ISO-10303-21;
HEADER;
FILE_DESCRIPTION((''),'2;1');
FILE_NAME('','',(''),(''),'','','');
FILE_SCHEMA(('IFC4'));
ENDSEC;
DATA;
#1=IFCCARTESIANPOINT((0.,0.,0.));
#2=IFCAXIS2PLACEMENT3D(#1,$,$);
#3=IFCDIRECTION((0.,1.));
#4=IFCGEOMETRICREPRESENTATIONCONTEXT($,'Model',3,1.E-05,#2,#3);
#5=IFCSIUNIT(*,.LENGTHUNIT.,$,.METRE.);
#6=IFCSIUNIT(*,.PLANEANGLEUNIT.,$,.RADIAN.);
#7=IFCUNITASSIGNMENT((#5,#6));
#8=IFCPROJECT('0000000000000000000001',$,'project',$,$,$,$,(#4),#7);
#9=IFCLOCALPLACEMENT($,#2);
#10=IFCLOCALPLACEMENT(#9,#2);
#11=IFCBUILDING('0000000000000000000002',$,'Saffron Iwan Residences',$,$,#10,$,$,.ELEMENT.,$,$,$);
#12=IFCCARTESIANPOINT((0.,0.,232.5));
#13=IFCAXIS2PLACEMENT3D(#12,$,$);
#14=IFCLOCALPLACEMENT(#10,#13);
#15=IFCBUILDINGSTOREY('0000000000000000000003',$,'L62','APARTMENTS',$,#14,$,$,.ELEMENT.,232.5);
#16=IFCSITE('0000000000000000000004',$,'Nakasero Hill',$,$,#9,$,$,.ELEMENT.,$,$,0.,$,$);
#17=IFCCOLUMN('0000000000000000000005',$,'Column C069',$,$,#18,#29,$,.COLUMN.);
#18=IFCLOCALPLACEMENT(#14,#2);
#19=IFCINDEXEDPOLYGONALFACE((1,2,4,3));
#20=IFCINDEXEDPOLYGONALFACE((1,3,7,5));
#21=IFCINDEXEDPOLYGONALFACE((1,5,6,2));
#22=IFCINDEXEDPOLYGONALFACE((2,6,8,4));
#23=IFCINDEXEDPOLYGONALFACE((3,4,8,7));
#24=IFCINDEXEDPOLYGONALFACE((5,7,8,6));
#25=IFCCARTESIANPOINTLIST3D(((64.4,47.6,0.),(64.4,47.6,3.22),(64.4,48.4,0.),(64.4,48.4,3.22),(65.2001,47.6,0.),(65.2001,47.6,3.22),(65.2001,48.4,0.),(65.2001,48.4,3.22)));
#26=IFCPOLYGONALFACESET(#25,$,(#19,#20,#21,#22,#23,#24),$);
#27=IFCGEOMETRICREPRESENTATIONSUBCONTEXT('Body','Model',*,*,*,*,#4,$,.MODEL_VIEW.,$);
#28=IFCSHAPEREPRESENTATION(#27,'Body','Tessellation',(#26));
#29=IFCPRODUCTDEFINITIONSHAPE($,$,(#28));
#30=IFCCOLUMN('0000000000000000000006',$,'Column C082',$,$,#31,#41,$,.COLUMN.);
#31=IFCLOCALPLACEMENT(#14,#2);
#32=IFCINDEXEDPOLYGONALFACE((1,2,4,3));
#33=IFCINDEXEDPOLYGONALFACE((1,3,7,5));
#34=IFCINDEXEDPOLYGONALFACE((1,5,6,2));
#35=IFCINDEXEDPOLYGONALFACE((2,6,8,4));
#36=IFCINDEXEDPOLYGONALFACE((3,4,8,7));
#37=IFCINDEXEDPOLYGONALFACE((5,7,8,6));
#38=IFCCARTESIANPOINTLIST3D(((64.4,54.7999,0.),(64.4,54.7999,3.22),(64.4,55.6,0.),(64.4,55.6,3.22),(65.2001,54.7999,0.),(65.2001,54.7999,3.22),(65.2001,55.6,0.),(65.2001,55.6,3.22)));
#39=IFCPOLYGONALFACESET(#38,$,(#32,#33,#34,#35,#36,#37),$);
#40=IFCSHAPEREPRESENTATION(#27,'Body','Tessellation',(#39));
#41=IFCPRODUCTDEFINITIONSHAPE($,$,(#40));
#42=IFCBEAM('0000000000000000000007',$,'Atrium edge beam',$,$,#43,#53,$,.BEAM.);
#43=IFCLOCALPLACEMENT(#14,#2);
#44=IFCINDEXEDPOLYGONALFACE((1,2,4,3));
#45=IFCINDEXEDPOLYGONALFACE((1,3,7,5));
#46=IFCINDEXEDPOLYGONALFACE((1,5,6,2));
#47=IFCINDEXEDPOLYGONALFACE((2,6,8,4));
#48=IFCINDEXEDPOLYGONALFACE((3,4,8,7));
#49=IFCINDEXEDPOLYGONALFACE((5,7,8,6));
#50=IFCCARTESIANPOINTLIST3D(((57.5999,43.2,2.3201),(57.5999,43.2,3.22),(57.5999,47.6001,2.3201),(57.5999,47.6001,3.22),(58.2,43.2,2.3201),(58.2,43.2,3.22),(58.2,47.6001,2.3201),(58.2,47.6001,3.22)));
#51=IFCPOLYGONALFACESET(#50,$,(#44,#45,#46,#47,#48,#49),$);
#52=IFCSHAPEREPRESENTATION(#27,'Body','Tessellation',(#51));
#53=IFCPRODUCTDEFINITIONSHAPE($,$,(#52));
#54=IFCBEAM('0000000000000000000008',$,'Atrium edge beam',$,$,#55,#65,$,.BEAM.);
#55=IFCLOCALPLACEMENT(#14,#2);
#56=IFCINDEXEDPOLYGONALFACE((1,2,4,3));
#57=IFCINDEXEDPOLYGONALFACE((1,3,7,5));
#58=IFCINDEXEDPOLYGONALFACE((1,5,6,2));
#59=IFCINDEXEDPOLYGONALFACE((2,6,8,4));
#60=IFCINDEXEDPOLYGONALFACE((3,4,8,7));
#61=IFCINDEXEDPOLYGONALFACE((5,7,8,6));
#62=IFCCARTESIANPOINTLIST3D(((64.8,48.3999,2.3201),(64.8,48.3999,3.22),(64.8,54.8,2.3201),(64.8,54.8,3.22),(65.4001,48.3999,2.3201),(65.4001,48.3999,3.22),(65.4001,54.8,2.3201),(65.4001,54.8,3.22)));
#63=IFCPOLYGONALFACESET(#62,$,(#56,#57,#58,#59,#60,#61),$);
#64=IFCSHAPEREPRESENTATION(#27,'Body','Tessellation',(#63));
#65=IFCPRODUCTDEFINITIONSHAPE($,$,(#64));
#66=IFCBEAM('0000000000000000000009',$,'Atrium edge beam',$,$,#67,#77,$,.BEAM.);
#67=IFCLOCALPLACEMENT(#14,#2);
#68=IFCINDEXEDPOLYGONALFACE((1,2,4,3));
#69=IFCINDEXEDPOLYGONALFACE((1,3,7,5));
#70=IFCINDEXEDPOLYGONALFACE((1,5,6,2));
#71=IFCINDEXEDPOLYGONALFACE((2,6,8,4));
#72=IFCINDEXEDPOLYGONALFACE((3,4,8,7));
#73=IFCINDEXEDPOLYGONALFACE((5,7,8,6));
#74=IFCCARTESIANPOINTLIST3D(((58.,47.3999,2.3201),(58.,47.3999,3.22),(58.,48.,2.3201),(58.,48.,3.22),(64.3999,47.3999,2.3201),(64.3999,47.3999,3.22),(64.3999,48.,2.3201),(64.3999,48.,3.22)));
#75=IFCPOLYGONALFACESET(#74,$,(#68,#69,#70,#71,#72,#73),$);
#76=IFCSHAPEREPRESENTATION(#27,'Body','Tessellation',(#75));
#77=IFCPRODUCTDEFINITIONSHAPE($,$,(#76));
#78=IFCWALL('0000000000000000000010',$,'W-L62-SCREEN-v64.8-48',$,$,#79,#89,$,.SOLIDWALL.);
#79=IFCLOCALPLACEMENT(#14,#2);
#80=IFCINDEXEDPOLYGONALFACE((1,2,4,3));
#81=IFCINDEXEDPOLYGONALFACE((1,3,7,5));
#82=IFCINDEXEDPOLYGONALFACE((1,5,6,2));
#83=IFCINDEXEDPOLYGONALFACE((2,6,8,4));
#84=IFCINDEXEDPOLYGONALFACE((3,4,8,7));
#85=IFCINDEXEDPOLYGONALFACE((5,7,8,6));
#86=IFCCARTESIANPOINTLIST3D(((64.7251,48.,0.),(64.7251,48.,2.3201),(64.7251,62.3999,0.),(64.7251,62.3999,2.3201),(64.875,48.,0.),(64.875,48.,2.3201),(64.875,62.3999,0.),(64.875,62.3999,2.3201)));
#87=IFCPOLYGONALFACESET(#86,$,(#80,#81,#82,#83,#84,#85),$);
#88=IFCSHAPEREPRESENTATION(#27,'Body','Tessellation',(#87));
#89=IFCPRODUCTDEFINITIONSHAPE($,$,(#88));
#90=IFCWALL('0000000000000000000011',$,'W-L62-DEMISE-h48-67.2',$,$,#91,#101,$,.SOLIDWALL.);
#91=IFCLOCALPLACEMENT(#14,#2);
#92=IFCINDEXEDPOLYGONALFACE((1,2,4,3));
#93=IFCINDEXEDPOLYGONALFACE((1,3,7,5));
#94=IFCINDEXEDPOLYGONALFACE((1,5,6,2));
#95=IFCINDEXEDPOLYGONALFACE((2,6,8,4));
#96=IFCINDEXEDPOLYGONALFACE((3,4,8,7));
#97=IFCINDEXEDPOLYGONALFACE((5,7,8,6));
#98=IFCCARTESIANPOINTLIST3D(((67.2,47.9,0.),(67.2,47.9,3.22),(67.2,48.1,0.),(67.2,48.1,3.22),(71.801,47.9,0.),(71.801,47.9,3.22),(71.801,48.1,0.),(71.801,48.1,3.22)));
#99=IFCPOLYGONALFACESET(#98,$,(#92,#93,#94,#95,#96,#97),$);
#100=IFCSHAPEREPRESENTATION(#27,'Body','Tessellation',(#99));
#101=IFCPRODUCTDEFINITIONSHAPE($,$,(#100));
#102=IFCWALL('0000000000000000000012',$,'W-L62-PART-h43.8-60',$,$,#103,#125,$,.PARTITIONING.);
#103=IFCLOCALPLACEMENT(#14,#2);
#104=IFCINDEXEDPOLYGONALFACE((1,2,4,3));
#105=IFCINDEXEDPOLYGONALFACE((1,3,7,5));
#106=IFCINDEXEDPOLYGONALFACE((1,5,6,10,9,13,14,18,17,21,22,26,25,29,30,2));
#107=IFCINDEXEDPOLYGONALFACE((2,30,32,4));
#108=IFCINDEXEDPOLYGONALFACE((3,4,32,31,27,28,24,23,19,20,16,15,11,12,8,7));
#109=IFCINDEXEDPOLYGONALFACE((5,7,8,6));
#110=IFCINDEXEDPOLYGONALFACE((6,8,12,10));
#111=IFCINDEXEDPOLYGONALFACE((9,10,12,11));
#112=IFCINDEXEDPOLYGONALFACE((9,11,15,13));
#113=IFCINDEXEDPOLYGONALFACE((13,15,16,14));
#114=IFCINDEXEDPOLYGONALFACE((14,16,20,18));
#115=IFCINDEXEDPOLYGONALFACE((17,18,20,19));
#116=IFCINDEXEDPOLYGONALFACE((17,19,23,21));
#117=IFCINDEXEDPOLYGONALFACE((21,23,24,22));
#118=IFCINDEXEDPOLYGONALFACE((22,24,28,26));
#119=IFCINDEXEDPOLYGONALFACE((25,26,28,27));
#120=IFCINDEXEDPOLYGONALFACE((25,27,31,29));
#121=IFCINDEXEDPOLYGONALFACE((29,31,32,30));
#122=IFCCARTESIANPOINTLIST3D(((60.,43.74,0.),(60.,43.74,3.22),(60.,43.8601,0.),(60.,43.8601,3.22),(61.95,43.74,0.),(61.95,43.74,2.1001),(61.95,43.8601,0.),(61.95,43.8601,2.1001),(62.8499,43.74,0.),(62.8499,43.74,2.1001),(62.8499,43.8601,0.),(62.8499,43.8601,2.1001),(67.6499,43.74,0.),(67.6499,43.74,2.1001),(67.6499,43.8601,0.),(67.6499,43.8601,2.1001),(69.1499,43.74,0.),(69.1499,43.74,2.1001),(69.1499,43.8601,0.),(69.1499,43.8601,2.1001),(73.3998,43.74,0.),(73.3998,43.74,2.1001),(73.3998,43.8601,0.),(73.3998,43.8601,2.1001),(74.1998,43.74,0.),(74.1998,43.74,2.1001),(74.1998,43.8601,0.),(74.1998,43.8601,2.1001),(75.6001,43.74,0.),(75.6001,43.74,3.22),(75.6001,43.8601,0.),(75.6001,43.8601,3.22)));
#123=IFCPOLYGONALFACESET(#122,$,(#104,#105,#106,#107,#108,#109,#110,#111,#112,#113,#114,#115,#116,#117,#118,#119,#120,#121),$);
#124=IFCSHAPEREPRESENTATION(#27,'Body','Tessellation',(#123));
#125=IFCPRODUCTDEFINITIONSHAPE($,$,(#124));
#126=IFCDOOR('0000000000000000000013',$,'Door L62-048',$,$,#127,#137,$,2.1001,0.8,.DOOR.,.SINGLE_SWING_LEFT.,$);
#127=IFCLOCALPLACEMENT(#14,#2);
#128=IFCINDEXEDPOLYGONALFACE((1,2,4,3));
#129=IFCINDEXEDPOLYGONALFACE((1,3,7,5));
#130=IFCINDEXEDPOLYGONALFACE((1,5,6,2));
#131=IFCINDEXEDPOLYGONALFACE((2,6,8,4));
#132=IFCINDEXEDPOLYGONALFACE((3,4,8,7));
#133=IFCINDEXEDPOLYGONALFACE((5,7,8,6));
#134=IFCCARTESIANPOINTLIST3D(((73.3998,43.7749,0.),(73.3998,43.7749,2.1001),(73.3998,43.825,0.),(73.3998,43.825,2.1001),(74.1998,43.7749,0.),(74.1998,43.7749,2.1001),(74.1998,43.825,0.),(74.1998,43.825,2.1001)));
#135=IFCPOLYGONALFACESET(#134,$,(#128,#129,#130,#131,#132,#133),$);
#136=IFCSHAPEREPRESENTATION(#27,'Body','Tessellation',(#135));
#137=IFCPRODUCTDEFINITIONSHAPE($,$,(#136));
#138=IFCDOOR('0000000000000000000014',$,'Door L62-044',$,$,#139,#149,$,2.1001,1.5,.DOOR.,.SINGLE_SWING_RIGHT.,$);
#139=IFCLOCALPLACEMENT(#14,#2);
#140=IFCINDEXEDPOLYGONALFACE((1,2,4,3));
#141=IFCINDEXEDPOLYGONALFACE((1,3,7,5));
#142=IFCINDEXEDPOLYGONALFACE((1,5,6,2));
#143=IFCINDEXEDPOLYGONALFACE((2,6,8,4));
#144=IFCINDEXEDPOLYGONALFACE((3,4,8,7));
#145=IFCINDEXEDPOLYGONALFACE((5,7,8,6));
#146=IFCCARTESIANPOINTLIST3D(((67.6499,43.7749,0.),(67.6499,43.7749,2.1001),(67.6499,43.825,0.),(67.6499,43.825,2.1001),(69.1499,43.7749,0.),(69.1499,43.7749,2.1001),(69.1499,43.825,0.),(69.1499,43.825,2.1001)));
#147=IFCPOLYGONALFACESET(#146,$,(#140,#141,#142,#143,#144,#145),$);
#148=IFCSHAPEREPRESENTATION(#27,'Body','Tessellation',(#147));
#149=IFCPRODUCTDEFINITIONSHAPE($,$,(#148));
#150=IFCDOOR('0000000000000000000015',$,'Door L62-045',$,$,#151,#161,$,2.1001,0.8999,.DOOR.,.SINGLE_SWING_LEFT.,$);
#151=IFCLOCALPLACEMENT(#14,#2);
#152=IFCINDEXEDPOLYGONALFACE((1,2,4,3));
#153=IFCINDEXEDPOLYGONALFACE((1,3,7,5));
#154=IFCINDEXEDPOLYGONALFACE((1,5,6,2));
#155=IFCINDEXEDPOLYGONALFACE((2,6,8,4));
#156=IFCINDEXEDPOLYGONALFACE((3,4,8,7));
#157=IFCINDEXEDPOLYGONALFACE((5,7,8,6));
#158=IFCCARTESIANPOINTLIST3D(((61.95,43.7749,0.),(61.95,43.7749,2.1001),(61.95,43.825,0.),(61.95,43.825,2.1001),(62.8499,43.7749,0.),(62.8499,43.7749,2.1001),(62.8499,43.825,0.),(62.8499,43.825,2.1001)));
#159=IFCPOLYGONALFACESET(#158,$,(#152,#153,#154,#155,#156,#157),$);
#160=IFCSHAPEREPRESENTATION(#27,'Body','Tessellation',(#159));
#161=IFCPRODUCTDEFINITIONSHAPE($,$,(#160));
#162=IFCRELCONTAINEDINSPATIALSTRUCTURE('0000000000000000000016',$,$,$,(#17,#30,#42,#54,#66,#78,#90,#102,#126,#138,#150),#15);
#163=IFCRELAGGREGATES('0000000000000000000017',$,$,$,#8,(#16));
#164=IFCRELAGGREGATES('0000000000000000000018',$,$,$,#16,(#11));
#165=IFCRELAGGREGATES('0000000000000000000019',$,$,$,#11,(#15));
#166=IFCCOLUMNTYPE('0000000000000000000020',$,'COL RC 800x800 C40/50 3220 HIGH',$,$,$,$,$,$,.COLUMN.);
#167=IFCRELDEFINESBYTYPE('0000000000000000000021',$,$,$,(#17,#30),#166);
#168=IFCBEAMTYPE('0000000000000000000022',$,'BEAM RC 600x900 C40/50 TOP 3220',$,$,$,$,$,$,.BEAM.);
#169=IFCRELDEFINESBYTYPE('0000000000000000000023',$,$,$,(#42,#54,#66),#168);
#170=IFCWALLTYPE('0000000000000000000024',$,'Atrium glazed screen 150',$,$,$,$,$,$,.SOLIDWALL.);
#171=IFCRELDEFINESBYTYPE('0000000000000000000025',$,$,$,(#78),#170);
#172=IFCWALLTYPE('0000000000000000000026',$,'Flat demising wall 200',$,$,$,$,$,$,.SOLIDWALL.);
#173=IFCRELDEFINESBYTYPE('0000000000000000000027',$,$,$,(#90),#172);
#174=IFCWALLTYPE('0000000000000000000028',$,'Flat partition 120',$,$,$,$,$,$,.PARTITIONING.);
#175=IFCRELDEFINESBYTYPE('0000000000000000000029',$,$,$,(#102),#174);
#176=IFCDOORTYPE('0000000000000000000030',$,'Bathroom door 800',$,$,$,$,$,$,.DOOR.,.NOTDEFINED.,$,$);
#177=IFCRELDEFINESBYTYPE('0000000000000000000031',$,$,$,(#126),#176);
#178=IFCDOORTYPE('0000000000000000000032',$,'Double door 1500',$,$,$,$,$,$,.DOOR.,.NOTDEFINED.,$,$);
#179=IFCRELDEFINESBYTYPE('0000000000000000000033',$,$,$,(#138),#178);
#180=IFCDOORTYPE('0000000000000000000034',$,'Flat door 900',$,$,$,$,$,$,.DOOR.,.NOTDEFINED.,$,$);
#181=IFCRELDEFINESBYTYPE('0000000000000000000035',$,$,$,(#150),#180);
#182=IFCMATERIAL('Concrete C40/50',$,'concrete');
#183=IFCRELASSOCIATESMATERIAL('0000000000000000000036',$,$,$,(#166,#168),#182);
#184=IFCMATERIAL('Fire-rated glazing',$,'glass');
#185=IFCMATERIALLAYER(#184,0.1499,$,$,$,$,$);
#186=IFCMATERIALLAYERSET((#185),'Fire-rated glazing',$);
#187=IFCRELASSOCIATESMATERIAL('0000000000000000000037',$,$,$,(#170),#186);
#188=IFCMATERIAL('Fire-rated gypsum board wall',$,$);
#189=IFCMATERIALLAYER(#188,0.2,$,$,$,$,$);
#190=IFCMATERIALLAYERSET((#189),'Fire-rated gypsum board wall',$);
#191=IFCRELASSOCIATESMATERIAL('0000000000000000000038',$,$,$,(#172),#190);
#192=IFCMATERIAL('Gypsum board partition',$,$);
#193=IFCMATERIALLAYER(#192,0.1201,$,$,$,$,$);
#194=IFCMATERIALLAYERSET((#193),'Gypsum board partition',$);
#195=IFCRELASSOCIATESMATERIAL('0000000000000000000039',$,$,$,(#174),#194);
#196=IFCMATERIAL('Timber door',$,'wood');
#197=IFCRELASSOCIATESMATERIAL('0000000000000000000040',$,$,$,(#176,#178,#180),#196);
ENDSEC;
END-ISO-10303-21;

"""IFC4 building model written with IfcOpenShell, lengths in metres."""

from ifc_helpers import new_model, si_unit, direction, frame, frame_2d, origin, origin_2d, place, context, subcontext, project, spatial, rectangle, extrude, source, transform, mapped, material, layer, layer_set, material_profile, profile_set, type_object, element, fill, save


model = new_model("IFC4")

# Units and contexts
model_context = context("Model", 3, precision=1e-05, world=origin(), true_north=direction((0.0, 1.0)))
body_context = subcontext(model_context, "Body", "Model", "MODEL_VIEW")
ifc_project = project(units=[si_unit("LENGTHUNIT", "METRE"), si_unit("PLANEANGLEUNIT", "RADIAN")], contexts=[model_context])

# Site, building, storey
site_placement = place(None, origin())
site = spatial("IfcSite", under=ifc_project, at=site_placement, Name="Nakasero Hill", CompositionType="ELEMENT", RefElevation=0.0)
building_placement = place(site_placement, origin())
building = spatial("IfcBuilding", under=site, at=building_placement, Name="Saffron Iwan Residences", CompositionType="ELEMENT")
storey_placement = place(building_placement, frame((0.0, 0.0, 232.5)))
storey = spatial("IfcBuildingStorey", under=building, at=storey_placement, Name="L62", Description="APARTMENTS", CompositionType="ELEMENT", Elevation=232.5)

# Columns
ifc_material_1 = material(Name="Concrete C40/50", Category="concrete")
ifc_material_profile_1 = material_profile(ifc_material_1, rectangle(XDim=0.8, YDim=0.8, at=origin_2d()), Name="RC 800x800")
ifc_profile_set_1 = profile_set([ifc_material_profile_1], Name="Concrete C40/50")
column_type = type_object("IfcColumnType", Name="COL RC 800x800 C40/50 3220 HIGH", PredefinedType="COLUMN", material=ifc_profile_set_1)
shared_shape_1 = source(origin(), body_context, "Body", "SweptSolid", [
    extrude(rectangle(XDim=0.8, YDim=0.8, at=origin_2d()), origin(), (0.0, 0.0, 1.0), 3.22),
])
for number, where, z_axis, x_axis, name in (
    (1, (64.8, 48.0, 0.0), (0.0, 0.0, 1.0), (1.0, 0.0, 0.0), "Column C069"),
    (2, (64.8, 55.2, 0.0), (0.0, 0.0, 1.0), (1.0, 0.0, 0.0), "Column C082"),
):
    element("IfcColumn", number, at=place(storey_placement, frame(where, z_axis=z_axis, x_axis=x_axis)), inside=storey, type_object=column_type, Name=name, PredefinedType="COLUMN", context=body_context, shape_type="MappedRepresentation", body=[
        mapped(shared_shape_1, transform((0.0, 0.0, 0.0))),
    ])

# Beams
ifc_material_profile_2 = material_profile(ifc_material_1, rectangle(XDim=0.6001, YDim=0.8999, at=origin_2d()), Name="RC 600x900")
ifc_profile_set_2 = profile_set([ifc_material_profile_2], Name="Concrete C40/50")
beam_type = type_object("IfcBeamType", Name="BEAM RC 600x900 C40/50 TOP 3220", PredefinedType="BEAM", material=ifc_profile_set_2)
shared_shape_2 = source(origin(), body_context, "Body", "SweptSolid", [
    extrude(rectangle(XDim=0.6001, YDim=0.8999, at=origin_2d()), origin(), (0.0, 0.0, 1.0), 4.4001),
])
beam_1_placement = place(storey_placement, frame((57.8999, 47.6001, 2.77), z_axis=(0.0, -1.0, 0.0), x_axis=(1.0, 0.0, 0.0)))
element("IfcBeam", 3, at=beam_1_placement, inside=storey, type_object=beam_type, Name="Atrium edge beam", PredefinedType="BEAM", context=body_context, shape_type="MappedRepresentation", body=[
    mapped(shared_shape_2, transform((0.0, 0.0, 0.0))),
])
shared_shape_3 = source(origin(), body_context, "Body", "SweptSolid", [
    extrude(rectangle(XDim=0.6001, YDim=0.8999, at=origin_2d()), origin(), (0.0, 0.0, 1.0), 6.4001),
])
beam_2_placement = place(storey_placement, frame((65.1001, 54.8, 2.77), z_axis=(0.0, -1.0, 0.0), x_axis=(1.0, 0.0, 0.0)))
element("IfcBeam", 4, at=beam_2_placement, inside=storey, type_object=beam_type, Name="Atrium edge beam", PredefinedType="BEAM", context=body_context, shape_type="MappedRepresentation", body=[
    mapped(shared_shape_3, transform((0.0, 0.0, 0.0))),
])
shared_shape_4 = source(origin(), body_context, "Body", "SweptSolid", [
    extrude(rectangle(XDim=0.6001, YDim=0.8999, at=origin_2d()), origin(), (0.0, 0.0, 1.0), 6.3999),
])
beam_3_placement = place(storey_placement, frame((64.3999, 47.7, 2.77), z_axis=(-1.0, 0.0, 0.0), x_axis=(0.0, -1.0, 0.0)))
element("IfcBeam", 5, at=beam_3_placement, inside=storey, type_object=beam_type, Name="Atrium edge beam", PredefinedType="BEAM", context=body_context, shape_type="MappedRepresentation", body=[
    mapped(shared_shape_4, transform((0.0, 0.0, 0.0))),
])

# Walls
ifc_material_2 = material(Name="Fire-rated glazing", Category="glass")
ifc_layer_1 = layer(ifc_material_2, 0.1499)
ifc_layer_set_1 = layer_set([ifc_layer_1], Name="Fire-rated glazing")
wall_type_1 = type_object("IfcWallType", Name="Atrium glazed screen 150", PredefinedType="SOLIDWALL", material=ifc_layer_set_1)
wall_1_placement = place(storey_placement, frame((64.8, 48.0, 0.0), z_axis=(0.0, 0.0, 1.0), x_axis=(0.0, 1.0, 0.0)))
element("IfcWall", 6, at=wall_1_placement, inside=storey, type_object=wall_type_1, Name="W-L62-SCREEN-v64.8-48", PredefinedType="SOLIDWALL", context=body_context, shape_type="SweptSolid", body=[
    extrude(rectangle(XDim=14.3999, YDim=0.1499, at=frame_2d((7.2, 0.0))), origin(), (0.0, 0.0, 1.0), 2.3201),
])
ifc_material_3 = material(Name="Fire-rated gypsum board wall")
ifc_layer_2 = layer(ifc_material_3, 0.2)
ifc_layer_set_2 = layer_set([ifc_layer_2], Name="Fire-rated gypsum board wall")
wall_type_2 = type_object("IfcWallType", Name="Flat demising wall 200", PredefinedType="SOLIDWALL", material=ifc_layer_set_2)
wall_2_placement = place(storey_placement, frame((67.2, 48.0, 0.0), z_axis=(0.0, 0.0, 1.0), x_axis=(1.0, 0.0, 0.0)))
element("IfcWall", 7, at=wall_2_placement, inside=storey, type_object=wall_type_2, Name="W-L62-DEMISE-h48-67.2", PredefinedType="SOLIDWALL", context=body_context, shape_type="SweptSolid", body=[
    extrude(rectangle(XDim=4.6011, YDim=0.2, at=frame_2d((2.3005, 0.0))), origin(), (0.0, 0.0, 1.0), 3.22),
])

# Wall, openings, doors
ifc_material_4 = material(Name="Gypsum board partition")
ifc_layer_3 = layer(ifc_material_4, 0.1201)
ifc_layer_set_3 = layer_set([ifc_layer_3], Name="Gypsum board partition")
wall_type_3 = type_object("IfcWallType", Name="Flat partition 120", PredefinedType="PARTITIONING", material=ifc_layer_set_3)
wall_3_placement = place(storey_placement, frame((60.0, 43.8, 0.0), z_axis=(0.0, 0.0, 1.0), x_axis=(1.0, 0.0, 0.0)))
wall_3 = element("IfcWall", 8, at=wall_3_placement, inside=storey, type_object=wall_type_3, Name="W-L62-PART-h43.8-60", PredefinedType="PARTITIONING", context=body_context, shape_type="SweptSolid", body=[
    extrude(rectangle(XDim=15.6001, YDim=0.1201, at=frame_2d((7.8, 0.0))), origin(), (0.0, 0.0, 1.0), 3.22),
])
opening_1_placement = place(wall_3_placement, frame((7.6499, 0.0, 0.0)))
opening_1 = element("IfcOpeningElement", 9, at=opening_1_placement, cuts=wall_3, PredefinedType="OPENING", context=body_context, shape_type="SweptSolid", body=[
    extrude(rectangle(XDim=1.5, YDim=2.1001, at=frame_2d((0.75, 1.05))), frame((0.0, 0.0701, 0.0), z_axis=(0.0, -1.0, 0.0), x_axis=(1.0, 0.0, 0.0)), (0.0, 0.0, 1.0), 0.1401),
])
opening_2_placement = place(wall_3_placement, frame((1.95, 0.0, 0.0)))
opening_2 = element("IfcOpeningElement", 10, at=opening_2_placement, cuts=wall_3, PredefinedType="OPENING", context=body_context, shape_type="SweptSolid", body=[
    extrude(rectangle(XDim=0.8999, YDim=2.1001, at=frame_2d((0.45, 1.05))), frame((0.0, 0.0701, 0.0), z_axis=(0.0, -1.0, 0.0), x_axis=(1.0, 0.0, 0.0)), (0.0, 0.0, 1.0), 0.1401),
])
opening_3_placement = place(wall_3_placement, frame((13.3999, 0.0, 0.0)))
opening_3 = element("IfcOpeningElement", 11, at=opening_3_placement, cuts=wall_3, PredefinedType="OPENING", context=body_context, shape_type="SweptSolid", body=[
    extrude(rectangle(XDim=0.8, YDim=2.1001, at=frame_2d((0.3999, 1.05))), frame((0.0, 0.0701, 0.0), z_axis=(0.0, -1.0, 0.0), x_axis=(1.0, 0.0, 0.0)), (0.0, 0.0, 1.0), 0.1401),
])
ifc_material_5 = material(Name="Timber door", Category="wood")
door_type_1 = type_object("IfcDoorType", Name="Bathroom door 800", OperationType="NOTDEFINED", PredefinedType="DOOR", material=ifc_material_5)
door_1_placement = place(opening_3_placement, origin())
door_1 = element("IfcDoor", 12, at=door_1_placement, inside=storey, type_object=door_type_1, Name="Door L62-048", OperationType="SINGLE_SWING_LEFT", OverallHeight=2.1001, OverallWidth=0.8, PredefinedType="DOOR", context=body_context, shape_type="SweptSolid", body=[
    extrude(rectangle(XDim=0.8, YDim=2.1001, at=frame_2d((0.3999, 1.05))), frame((0.0, 0.0249, 0.0), z_axis=(0.0, -1.0, 0.0), x_axis=(1.0, 0.0, 0.0)), (0.0, 0.0, 1.0), 0.05),
])
fill(opening_3, door_1)
door_type_2 = type_object("IfcDoorType", Name="Double door 1500", OperationType="NOTDEFINED", PredefinedType="DOOR", material=ifc_material_5)
door_2_placement = place(opening_1_placement, origin())
door_2 = element("IfcDoor", 13, at=door_2_placement, inside=storey, type_object=door_type_2, Name="Door L62-044", OperationType="SINGLE_SWING_RIGHT", OverallHeight=2.1001, OverallWidth=1.5, PredefinedType="DOOR", context=body_context, shape_type="SweptSolid", body=[
    extrude(rectangle(XDim=1.5, YDim=2.1001, at=frame_2d((0.75, 1.05))), frame((0.0, 0.0249, 0.0), z_axis=(0.0, -1.0, 0.0), x_axis=(1.0, 0.0, 0.0)), (0.0, 0.0, 1.0), 0.05),
])
fill(opening_1, door_2)
door_type_3 = type_object("IfcDoorType", Name="Flat door 900", OperationType="NOTDEFINED", PredefinedType="DOOR", material=ifc_material_5)
door_3_placement = place(opening_2_placement, origin())
door_3 = element("IfcDoor", 14, at=door_3_placement, inside=storey, type_object=door_type_3, Name="Door L62-045", OperationType="SINGLE_SWING_LEFT", OverallHeight=2.1001, OverallWidth=0.8999, PredefinedType="DOOR", context=body_context, shape_type="SweptSolid", body=[
    extrude(rectangle(XDim=0.8999, YDim=2.1001, at=frame_2d((0.45, 1.05))), frame((0.0, 0.0249, 0.0), z_axis=(0.0, -1.0, 0.0), x_axis=(1.0, 0.0, 0.0)), (0.0, 0.0, 1.0), 0.05),
])
fill(opening_2, door_3)

save(model, "model.ifc")
